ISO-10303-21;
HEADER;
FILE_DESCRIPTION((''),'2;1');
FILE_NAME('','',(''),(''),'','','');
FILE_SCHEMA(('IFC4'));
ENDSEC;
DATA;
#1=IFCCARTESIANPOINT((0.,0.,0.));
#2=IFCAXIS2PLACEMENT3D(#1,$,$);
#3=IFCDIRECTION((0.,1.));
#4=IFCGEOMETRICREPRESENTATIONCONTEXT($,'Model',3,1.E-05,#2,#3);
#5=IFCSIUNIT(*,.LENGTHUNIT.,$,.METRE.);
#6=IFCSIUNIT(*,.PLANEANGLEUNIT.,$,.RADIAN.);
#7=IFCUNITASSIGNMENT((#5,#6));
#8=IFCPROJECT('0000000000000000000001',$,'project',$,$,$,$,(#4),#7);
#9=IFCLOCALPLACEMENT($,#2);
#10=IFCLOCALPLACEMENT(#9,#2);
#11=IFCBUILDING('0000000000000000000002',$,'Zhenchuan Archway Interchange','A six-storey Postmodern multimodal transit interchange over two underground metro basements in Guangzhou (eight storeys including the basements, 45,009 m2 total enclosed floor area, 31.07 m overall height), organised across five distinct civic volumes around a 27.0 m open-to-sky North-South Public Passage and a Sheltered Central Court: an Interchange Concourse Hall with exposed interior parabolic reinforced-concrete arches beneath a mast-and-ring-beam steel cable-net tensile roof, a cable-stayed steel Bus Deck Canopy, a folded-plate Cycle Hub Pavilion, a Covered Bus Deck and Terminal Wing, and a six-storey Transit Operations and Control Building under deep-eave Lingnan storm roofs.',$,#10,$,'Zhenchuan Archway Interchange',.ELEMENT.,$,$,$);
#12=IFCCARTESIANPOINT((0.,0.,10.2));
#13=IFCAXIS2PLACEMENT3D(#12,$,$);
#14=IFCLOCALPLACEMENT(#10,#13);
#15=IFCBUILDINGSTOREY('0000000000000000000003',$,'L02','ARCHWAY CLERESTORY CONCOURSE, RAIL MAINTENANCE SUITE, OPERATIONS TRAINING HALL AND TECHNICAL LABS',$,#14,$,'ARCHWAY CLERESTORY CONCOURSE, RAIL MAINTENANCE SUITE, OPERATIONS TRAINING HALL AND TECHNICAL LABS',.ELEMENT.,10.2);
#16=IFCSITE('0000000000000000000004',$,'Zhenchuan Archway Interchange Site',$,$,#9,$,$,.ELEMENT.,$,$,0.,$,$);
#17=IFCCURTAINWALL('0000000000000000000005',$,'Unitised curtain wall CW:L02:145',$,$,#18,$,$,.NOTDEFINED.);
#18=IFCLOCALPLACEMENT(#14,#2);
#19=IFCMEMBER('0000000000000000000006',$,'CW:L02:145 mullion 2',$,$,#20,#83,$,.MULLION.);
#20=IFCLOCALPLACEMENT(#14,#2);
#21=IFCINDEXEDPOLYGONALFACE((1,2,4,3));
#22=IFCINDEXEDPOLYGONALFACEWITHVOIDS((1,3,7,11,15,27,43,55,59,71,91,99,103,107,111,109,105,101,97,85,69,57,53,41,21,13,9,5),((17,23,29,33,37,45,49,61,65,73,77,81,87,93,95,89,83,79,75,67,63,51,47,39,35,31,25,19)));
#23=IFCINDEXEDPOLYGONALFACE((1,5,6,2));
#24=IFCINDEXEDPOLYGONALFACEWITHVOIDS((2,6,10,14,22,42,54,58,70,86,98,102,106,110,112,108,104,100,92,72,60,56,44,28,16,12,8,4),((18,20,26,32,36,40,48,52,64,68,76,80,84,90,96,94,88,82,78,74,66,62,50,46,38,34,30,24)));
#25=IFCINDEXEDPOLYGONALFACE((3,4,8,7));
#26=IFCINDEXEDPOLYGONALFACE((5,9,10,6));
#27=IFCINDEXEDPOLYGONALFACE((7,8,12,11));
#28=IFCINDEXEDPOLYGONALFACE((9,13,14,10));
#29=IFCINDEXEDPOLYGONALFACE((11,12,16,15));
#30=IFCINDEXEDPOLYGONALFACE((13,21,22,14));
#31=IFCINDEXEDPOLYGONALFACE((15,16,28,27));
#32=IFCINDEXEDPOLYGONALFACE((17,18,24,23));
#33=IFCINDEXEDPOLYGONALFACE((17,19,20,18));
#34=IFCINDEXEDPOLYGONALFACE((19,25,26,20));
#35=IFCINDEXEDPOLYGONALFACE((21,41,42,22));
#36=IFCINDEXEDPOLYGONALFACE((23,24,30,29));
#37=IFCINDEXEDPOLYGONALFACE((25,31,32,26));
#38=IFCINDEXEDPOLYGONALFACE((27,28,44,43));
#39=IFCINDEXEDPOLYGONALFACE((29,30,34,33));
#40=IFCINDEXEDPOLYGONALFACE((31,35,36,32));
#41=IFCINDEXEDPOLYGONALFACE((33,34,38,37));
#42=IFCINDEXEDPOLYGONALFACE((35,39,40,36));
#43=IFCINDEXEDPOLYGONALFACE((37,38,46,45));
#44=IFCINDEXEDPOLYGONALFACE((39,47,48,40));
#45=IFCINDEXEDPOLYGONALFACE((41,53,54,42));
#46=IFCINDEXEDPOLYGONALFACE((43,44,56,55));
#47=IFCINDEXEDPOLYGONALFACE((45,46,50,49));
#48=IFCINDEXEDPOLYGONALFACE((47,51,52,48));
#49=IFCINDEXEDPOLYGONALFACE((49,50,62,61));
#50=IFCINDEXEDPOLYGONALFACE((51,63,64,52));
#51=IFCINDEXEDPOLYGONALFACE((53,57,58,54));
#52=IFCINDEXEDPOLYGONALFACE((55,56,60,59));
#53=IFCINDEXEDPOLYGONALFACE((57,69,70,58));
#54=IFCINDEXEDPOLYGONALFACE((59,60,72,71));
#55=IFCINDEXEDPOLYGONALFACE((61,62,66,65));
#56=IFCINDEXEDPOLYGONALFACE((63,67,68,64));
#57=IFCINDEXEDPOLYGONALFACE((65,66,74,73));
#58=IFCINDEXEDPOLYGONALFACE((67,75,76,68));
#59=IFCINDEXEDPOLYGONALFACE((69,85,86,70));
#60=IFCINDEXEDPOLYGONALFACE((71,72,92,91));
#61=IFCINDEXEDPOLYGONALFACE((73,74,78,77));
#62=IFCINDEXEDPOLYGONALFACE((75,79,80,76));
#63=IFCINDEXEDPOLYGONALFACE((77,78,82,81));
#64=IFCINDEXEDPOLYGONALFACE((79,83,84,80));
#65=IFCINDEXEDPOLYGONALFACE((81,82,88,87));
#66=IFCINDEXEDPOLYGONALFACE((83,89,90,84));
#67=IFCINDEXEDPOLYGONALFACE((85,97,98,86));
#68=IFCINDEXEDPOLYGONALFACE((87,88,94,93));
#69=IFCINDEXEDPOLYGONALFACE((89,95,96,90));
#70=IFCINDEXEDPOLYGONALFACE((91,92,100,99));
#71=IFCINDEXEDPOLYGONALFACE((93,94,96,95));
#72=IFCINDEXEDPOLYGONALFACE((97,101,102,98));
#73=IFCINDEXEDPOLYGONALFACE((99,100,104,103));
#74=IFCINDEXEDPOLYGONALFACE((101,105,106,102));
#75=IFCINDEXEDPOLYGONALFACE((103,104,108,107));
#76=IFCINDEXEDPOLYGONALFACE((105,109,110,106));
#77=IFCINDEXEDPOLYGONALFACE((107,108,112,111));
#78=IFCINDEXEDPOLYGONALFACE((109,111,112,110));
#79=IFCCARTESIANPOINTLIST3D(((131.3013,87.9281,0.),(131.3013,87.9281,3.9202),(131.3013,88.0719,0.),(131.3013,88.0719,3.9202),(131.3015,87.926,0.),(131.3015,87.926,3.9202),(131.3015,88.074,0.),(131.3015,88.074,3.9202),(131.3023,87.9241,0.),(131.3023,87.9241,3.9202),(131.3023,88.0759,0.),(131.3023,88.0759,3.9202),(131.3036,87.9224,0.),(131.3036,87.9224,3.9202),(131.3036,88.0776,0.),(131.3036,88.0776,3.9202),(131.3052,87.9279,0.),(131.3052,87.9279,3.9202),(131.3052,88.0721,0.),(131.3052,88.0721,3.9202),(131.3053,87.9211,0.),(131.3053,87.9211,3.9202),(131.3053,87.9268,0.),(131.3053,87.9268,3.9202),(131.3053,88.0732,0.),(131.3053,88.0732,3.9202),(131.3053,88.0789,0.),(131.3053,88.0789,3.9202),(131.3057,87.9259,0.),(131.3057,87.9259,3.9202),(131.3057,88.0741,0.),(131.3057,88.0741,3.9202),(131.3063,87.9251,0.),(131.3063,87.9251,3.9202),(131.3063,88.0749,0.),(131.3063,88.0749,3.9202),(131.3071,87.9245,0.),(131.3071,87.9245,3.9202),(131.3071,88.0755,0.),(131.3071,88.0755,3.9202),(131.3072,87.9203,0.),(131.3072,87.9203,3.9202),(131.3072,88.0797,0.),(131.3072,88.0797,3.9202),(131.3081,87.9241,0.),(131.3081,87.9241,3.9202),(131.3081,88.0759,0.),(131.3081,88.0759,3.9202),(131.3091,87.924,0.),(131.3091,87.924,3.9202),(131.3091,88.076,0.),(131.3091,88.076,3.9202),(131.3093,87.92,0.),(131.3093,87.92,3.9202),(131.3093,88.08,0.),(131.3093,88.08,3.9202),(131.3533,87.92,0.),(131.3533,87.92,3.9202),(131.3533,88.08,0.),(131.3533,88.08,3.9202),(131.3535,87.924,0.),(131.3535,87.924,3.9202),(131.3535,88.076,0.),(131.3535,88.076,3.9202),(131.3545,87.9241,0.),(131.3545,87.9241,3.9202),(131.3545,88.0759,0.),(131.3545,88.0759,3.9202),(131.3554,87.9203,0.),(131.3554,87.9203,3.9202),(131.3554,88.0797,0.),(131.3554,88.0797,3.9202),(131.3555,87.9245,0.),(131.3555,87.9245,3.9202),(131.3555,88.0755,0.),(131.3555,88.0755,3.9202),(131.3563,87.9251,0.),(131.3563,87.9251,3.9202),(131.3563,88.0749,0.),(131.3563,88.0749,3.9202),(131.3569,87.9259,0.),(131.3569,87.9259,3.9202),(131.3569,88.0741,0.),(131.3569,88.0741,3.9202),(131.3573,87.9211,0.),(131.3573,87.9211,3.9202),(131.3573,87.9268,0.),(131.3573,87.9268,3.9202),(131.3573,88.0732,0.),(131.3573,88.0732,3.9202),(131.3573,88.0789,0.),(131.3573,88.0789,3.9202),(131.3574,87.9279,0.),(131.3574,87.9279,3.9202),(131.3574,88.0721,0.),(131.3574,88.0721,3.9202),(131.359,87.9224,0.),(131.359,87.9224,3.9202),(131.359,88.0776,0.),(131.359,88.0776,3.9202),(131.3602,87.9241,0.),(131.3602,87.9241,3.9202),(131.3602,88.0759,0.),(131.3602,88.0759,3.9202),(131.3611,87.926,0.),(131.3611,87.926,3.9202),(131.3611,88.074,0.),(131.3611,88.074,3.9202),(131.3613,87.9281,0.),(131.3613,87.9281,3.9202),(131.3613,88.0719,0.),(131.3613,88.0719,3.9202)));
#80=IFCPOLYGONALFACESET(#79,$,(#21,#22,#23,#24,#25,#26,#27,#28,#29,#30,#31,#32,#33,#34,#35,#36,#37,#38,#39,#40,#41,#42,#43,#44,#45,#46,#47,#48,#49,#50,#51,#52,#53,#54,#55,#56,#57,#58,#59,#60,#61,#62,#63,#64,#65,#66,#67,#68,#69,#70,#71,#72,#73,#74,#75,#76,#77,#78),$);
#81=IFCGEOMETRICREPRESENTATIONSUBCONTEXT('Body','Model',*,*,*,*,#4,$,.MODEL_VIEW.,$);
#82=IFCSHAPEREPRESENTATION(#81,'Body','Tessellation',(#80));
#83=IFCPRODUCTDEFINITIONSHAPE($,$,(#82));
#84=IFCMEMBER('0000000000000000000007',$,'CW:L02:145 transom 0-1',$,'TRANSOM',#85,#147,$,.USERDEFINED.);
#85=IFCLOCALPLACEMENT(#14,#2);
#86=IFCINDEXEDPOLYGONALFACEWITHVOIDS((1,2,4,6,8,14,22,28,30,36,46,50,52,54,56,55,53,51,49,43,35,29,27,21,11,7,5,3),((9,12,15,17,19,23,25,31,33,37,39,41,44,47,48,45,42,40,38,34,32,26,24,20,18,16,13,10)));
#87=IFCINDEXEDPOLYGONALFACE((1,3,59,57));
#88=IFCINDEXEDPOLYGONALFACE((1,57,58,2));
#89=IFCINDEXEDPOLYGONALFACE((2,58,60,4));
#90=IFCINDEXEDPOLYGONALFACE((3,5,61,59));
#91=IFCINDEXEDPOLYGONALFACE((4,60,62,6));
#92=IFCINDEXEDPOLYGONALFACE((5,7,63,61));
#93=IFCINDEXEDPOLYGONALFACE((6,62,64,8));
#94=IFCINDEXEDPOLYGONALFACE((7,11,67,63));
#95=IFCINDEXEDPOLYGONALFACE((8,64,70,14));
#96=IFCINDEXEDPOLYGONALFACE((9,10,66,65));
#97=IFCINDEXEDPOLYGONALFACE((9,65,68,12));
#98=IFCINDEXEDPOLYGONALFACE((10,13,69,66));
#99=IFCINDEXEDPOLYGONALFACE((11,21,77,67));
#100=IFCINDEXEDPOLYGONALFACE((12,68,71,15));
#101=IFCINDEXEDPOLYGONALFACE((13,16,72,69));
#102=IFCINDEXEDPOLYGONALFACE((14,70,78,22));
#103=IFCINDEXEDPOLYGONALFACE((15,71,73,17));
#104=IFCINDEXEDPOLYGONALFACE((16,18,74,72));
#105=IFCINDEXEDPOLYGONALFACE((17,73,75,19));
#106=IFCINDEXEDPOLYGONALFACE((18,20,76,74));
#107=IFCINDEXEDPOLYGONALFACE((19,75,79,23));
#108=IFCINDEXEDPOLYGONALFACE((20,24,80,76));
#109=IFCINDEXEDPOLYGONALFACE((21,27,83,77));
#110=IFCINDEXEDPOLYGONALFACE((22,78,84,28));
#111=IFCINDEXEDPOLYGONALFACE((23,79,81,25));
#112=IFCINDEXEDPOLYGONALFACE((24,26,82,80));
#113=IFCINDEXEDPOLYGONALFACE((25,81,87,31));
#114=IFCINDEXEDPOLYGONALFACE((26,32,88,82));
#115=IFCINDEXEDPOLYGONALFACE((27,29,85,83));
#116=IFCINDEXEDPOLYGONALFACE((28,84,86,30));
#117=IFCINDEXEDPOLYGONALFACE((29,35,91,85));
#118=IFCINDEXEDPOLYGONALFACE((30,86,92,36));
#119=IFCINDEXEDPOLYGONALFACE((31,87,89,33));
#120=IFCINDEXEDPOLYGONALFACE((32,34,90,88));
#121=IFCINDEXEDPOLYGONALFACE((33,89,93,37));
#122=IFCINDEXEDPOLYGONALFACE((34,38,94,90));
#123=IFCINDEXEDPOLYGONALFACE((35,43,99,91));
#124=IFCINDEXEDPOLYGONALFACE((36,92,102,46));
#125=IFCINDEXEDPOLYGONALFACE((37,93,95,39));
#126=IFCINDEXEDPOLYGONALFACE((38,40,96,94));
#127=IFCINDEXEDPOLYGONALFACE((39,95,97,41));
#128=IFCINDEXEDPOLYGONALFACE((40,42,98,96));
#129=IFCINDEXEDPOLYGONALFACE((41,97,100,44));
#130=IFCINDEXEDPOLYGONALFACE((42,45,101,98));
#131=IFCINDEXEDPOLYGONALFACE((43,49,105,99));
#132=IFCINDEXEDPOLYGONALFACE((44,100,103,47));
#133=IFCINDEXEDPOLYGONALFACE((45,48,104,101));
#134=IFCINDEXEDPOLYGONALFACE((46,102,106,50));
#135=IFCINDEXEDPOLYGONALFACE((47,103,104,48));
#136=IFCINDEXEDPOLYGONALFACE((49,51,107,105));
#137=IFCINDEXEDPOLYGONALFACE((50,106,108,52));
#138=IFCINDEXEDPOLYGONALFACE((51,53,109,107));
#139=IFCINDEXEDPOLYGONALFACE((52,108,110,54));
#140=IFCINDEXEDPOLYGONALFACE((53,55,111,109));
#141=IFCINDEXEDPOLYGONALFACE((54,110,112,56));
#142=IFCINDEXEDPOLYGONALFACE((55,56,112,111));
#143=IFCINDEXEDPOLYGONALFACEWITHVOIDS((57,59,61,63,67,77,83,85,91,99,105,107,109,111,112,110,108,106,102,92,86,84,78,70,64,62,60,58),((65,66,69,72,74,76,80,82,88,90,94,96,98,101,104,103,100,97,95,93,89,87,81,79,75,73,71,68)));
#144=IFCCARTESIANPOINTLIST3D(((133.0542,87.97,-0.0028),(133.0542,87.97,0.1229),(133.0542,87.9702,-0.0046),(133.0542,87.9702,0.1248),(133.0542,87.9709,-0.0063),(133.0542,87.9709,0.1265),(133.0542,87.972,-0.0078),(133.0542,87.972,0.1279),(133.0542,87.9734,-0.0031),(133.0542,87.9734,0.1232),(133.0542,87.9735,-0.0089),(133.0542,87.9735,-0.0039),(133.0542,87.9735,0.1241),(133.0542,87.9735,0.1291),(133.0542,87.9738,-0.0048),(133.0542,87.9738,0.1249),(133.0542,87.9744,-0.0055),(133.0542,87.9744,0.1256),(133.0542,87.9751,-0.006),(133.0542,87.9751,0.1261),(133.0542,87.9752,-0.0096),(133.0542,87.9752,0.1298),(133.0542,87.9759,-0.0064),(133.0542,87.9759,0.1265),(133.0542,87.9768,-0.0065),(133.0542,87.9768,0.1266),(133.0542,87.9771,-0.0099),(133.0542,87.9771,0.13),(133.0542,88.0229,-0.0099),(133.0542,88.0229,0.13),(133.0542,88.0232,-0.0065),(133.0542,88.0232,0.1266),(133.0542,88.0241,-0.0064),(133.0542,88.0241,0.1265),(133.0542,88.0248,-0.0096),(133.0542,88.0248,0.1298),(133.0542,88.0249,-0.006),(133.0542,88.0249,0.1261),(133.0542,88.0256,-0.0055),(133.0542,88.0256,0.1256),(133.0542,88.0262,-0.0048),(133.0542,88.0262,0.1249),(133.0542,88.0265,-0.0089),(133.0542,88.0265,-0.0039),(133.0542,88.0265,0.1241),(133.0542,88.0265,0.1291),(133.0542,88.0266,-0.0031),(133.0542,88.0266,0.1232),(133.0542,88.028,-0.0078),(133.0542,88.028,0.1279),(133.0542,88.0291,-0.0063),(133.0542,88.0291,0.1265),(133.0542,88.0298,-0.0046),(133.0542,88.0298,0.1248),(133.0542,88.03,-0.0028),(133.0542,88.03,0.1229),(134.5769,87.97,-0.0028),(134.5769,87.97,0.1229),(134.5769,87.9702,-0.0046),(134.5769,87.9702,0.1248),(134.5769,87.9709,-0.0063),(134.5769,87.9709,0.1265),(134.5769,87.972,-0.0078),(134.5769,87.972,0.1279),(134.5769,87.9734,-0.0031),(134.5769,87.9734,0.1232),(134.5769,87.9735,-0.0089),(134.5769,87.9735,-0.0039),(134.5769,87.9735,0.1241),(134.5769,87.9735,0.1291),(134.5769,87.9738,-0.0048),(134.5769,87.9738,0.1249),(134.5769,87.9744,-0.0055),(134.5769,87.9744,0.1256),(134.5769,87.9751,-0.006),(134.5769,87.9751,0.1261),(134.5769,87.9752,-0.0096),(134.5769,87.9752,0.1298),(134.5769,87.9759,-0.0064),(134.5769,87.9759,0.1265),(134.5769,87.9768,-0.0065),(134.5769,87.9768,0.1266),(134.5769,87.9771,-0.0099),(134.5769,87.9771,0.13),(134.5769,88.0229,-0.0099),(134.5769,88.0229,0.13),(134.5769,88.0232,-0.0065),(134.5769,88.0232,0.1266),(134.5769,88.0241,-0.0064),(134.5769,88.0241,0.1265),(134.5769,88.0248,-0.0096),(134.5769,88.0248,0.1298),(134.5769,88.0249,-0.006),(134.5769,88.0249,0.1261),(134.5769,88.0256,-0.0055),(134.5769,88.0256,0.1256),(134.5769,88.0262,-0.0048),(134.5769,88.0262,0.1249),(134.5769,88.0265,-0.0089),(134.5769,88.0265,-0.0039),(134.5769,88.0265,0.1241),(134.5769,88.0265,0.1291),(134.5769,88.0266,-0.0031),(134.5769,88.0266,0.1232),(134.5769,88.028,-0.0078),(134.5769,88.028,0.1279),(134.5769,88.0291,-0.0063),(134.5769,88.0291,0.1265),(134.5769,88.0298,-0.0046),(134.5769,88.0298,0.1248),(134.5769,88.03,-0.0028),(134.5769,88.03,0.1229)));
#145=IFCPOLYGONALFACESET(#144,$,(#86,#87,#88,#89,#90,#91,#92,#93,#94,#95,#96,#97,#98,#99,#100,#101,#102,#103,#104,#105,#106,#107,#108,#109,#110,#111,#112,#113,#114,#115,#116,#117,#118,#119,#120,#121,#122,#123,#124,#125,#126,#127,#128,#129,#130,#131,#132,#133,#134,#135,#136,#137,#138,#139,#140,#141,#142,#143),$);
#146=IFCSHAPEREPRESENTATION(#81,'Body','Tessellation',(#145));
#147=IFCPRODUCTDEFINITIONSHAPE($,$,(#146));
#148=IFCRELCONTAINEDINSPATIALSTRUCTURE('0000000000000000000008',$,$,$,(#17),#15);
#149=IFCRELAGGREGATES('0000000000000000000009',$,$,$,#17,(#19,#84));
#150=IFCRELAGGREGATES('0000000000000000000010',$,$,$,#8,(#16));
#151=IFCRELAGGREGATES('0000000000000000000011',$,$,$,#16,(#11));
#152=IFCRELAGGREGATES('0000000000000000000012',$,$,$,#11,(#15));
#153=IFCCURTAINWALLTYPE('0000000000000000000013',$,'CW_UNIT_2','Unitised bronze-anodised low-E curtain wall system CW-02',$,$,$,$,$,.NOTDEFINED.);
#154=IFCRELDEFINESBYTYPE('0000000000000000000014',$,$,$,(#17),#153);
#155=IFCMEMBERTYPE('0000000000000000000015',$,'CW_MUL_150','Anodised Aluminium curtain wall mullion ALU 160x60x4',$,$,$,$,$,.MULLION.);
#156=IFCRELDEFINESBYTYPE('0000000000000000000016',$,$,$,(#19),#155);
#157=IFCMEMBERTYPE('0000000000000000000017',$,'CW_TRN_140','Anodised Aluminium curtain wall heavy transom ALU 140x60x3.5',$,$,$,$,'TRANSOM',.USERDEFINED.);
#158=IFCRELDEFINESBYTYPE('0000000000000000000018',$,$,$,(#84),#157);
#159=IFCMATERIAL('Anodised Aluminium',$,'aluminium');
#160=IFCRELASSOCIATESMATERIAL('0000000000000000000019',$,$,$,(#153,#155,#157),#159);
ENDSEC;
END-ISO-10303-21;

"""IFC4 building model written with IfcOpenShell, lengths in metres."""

from ifc_helpers import new_model, si_unit, direction, frame, origin, origin_2d, place, context, subcontext, project, spatial, hollow_rectangle, extrude, material, material_profile, profile_set, type_object, element, aggregate, save


model = new_model("IFC4")

# Units and contexts
model_context = context("Model", 3, precision=1e-05, world=origin(), true_north=direction((0.0, 1.0)))
body_context = subcontext(model_context, "Body", "Model", "MODEL_VIEW")
ifc_project = project(units=[si_unit("LENGTHUNIT", "METRE"), si_unit("PLANEANGLEUNIT", "RADIAN")], contexts=[model_context])

# Site, building, storey
site_placement = place(None, origin())
site = spatial("IfcSite", under=ifc_project, at=site_placement, Name="Zhenchuan Archway Interchange Site", CompositionType="ELEMENT", RefElevation=0.0)
building_placement = place(site_placement, origin())
building = spatial("IfcBuilding", under=site, at=building_placement, Name="Zhenchuan Archway Interchange", Description="A six-storey Postmodern multimodal transit interchange over two underground metro basements in Guangzhou (eight storeys including the basements, 45,009 m2 total enclosed floor area, 31.07 m overall height), organised across five distinct civic volumes around a 27.0 m open-to-sky North-South Public Passage and a Sheltered Central Court: an Interchange Concourse Hall with exposed interior parabolic reinforced-concrete arches beneath a mast-and-ring-beam steel cable-net tensile roof, a cable-stayed steel Bus Deck Canopy, a folded-plate Cycle Hub Pavilion, a Covered Bus Deck and Terminal Wing, and a six-storey Transit Operations and Control Building under deep-eave Lingnan storm roofs.", LongName="Zhenchuan Archway Interchange", CompositionType="ELEMENT")
storey_placement = place(building_placement, frame((0.0, 0.0, 10.2)))
storey = spatial("IfcBuildingStorey", under=building, at=storey_placement, Name="L02", Description="ARCHWAY CLERESTORY CONCOURSE, RAIL MAINTENANCE SUITE, OPERATIONS TRAINING HALL AND TECHNICAL LABS", LongName="ARCHWAY CLERESTORY CONCOURSE, RAIL MAINTENANCE SUITE, OPERATIONS TRAINING HALL AND TECHNICAL LABS", CompositionType="ELEMENT", Elevation=10.2)

# Curtain wall, members
ifc_material_1 = material(Name="Anodised Aluminium", Category="aluminium")
curtain_wall_type = type_object("IfcCurtainWallType", Name="CW_UNIT_2", Description="Unitised bronze-anodised low-E curtain wall system CW-02", PredefinedType="NOTDEFINED", material=ifc_material_1)
curtain_wall_placement = place(storey_placement, origin())
curtain_wall = element("IfcCurtainWall", 1, at=curtain_wall_placement, inside=storey, type_object=curtain_wall_type, Name="Unitised curtain wall CW:L02:145", PredefinedType="NOTDEFINED")
ifc_material_profile_1 = material_profile(ifc_material_1, hollow_rectangle(XDim=0.0601, YDim=0.1599, WallThickness=0.0039, InnerFilletRadius=0.0039, OuterFilletRadius=0.0081, at=origin_2d()), Name="ALU 160x60x4")
ifc_profile_set_1 = profile_set([ifc_material_profile_1], Name="Anodised Aluminium")
member_type_1 = type_object("IfcMemberType", Name="CW_MUL_150", Description="Anodised Aluminium curtain wall mullion ALU 160x60x4", PredefinedType="MULLION", material=ifc_profile_set_1)
member_1_placement = place(storey_placement, frame((131.3313, 88.0, 0.0), z_axis=(0.0, 0.0, 1.0), x_axis=(1.0, 0.0, 0.0)))
member_1 = element("IfcMember", 2, at=member_1_placement, type_object=member_type_1, Name="CW:L02:145 mullion 2", PredefinedType="MULLION", context=body_context, shape_type="SweptSolid", body=[
    extrude(hollow_rectangle(XDim=0.0601, YDim=0.1599, WallThickness=0.0039, InnerFilletRadius=0.0039, OuterFilletRadius=0.0081, at=origin_2d()), origin(), (0.0, 0.0, 1.0), 3.9202),
])
ifc_material_profile_2 = material_profile(ifc_material_1, hollow_rectangle(XDim=0.0601, YDim=0.1399, WallThickness=0.0034, InnerFilletRadius=0.0034, OuterFilletRadius=0.0071, at=origin_2d()), Name="ALU 140x60x3.5")
ifc_profile_set_2 = profile_set([ifc_material_profile_2], Name="Anodised Aluminium")
member_type_2 = type_object("IfcMemberType", Name="CW_TRN_140", Description="Anodised Aluminium curtain wall heavy transom ALU 140x60x3.5", ElementType="TRANSOM", PredefinedType="USERDEFINED", material=ifc_profile_set_2)
member_2_placement = place(storey_placement, frame((134.5769, 88.0, 0.0601), z_axis=(-1.0, 0.0, 0.0), x_axis=(0.0, -1.0, 0.0)))
member_2 = element("IfcMember", 3, at=member_2_placement, type_object=member_type_2, Name="CW:L02:145 transom 0-1", ObjectType="TRANSOM", PredefinedType="USERDEFINED", context=body_context, shape_type="SweptSolid", body=[
    extrude(hollow_rectangle(XDim=0.0601, YDim=0.1399, WallThickness=0.0034, InnerFilletRadius=0.0034, OuterFilletRadius=0.0071, at=origin_2d()), origin(), (0.0, 0.0, 1.0), 1.5227),
])

aggregate(curtain_wall, [member_1, member_2])

save(model, "model.ifc")
